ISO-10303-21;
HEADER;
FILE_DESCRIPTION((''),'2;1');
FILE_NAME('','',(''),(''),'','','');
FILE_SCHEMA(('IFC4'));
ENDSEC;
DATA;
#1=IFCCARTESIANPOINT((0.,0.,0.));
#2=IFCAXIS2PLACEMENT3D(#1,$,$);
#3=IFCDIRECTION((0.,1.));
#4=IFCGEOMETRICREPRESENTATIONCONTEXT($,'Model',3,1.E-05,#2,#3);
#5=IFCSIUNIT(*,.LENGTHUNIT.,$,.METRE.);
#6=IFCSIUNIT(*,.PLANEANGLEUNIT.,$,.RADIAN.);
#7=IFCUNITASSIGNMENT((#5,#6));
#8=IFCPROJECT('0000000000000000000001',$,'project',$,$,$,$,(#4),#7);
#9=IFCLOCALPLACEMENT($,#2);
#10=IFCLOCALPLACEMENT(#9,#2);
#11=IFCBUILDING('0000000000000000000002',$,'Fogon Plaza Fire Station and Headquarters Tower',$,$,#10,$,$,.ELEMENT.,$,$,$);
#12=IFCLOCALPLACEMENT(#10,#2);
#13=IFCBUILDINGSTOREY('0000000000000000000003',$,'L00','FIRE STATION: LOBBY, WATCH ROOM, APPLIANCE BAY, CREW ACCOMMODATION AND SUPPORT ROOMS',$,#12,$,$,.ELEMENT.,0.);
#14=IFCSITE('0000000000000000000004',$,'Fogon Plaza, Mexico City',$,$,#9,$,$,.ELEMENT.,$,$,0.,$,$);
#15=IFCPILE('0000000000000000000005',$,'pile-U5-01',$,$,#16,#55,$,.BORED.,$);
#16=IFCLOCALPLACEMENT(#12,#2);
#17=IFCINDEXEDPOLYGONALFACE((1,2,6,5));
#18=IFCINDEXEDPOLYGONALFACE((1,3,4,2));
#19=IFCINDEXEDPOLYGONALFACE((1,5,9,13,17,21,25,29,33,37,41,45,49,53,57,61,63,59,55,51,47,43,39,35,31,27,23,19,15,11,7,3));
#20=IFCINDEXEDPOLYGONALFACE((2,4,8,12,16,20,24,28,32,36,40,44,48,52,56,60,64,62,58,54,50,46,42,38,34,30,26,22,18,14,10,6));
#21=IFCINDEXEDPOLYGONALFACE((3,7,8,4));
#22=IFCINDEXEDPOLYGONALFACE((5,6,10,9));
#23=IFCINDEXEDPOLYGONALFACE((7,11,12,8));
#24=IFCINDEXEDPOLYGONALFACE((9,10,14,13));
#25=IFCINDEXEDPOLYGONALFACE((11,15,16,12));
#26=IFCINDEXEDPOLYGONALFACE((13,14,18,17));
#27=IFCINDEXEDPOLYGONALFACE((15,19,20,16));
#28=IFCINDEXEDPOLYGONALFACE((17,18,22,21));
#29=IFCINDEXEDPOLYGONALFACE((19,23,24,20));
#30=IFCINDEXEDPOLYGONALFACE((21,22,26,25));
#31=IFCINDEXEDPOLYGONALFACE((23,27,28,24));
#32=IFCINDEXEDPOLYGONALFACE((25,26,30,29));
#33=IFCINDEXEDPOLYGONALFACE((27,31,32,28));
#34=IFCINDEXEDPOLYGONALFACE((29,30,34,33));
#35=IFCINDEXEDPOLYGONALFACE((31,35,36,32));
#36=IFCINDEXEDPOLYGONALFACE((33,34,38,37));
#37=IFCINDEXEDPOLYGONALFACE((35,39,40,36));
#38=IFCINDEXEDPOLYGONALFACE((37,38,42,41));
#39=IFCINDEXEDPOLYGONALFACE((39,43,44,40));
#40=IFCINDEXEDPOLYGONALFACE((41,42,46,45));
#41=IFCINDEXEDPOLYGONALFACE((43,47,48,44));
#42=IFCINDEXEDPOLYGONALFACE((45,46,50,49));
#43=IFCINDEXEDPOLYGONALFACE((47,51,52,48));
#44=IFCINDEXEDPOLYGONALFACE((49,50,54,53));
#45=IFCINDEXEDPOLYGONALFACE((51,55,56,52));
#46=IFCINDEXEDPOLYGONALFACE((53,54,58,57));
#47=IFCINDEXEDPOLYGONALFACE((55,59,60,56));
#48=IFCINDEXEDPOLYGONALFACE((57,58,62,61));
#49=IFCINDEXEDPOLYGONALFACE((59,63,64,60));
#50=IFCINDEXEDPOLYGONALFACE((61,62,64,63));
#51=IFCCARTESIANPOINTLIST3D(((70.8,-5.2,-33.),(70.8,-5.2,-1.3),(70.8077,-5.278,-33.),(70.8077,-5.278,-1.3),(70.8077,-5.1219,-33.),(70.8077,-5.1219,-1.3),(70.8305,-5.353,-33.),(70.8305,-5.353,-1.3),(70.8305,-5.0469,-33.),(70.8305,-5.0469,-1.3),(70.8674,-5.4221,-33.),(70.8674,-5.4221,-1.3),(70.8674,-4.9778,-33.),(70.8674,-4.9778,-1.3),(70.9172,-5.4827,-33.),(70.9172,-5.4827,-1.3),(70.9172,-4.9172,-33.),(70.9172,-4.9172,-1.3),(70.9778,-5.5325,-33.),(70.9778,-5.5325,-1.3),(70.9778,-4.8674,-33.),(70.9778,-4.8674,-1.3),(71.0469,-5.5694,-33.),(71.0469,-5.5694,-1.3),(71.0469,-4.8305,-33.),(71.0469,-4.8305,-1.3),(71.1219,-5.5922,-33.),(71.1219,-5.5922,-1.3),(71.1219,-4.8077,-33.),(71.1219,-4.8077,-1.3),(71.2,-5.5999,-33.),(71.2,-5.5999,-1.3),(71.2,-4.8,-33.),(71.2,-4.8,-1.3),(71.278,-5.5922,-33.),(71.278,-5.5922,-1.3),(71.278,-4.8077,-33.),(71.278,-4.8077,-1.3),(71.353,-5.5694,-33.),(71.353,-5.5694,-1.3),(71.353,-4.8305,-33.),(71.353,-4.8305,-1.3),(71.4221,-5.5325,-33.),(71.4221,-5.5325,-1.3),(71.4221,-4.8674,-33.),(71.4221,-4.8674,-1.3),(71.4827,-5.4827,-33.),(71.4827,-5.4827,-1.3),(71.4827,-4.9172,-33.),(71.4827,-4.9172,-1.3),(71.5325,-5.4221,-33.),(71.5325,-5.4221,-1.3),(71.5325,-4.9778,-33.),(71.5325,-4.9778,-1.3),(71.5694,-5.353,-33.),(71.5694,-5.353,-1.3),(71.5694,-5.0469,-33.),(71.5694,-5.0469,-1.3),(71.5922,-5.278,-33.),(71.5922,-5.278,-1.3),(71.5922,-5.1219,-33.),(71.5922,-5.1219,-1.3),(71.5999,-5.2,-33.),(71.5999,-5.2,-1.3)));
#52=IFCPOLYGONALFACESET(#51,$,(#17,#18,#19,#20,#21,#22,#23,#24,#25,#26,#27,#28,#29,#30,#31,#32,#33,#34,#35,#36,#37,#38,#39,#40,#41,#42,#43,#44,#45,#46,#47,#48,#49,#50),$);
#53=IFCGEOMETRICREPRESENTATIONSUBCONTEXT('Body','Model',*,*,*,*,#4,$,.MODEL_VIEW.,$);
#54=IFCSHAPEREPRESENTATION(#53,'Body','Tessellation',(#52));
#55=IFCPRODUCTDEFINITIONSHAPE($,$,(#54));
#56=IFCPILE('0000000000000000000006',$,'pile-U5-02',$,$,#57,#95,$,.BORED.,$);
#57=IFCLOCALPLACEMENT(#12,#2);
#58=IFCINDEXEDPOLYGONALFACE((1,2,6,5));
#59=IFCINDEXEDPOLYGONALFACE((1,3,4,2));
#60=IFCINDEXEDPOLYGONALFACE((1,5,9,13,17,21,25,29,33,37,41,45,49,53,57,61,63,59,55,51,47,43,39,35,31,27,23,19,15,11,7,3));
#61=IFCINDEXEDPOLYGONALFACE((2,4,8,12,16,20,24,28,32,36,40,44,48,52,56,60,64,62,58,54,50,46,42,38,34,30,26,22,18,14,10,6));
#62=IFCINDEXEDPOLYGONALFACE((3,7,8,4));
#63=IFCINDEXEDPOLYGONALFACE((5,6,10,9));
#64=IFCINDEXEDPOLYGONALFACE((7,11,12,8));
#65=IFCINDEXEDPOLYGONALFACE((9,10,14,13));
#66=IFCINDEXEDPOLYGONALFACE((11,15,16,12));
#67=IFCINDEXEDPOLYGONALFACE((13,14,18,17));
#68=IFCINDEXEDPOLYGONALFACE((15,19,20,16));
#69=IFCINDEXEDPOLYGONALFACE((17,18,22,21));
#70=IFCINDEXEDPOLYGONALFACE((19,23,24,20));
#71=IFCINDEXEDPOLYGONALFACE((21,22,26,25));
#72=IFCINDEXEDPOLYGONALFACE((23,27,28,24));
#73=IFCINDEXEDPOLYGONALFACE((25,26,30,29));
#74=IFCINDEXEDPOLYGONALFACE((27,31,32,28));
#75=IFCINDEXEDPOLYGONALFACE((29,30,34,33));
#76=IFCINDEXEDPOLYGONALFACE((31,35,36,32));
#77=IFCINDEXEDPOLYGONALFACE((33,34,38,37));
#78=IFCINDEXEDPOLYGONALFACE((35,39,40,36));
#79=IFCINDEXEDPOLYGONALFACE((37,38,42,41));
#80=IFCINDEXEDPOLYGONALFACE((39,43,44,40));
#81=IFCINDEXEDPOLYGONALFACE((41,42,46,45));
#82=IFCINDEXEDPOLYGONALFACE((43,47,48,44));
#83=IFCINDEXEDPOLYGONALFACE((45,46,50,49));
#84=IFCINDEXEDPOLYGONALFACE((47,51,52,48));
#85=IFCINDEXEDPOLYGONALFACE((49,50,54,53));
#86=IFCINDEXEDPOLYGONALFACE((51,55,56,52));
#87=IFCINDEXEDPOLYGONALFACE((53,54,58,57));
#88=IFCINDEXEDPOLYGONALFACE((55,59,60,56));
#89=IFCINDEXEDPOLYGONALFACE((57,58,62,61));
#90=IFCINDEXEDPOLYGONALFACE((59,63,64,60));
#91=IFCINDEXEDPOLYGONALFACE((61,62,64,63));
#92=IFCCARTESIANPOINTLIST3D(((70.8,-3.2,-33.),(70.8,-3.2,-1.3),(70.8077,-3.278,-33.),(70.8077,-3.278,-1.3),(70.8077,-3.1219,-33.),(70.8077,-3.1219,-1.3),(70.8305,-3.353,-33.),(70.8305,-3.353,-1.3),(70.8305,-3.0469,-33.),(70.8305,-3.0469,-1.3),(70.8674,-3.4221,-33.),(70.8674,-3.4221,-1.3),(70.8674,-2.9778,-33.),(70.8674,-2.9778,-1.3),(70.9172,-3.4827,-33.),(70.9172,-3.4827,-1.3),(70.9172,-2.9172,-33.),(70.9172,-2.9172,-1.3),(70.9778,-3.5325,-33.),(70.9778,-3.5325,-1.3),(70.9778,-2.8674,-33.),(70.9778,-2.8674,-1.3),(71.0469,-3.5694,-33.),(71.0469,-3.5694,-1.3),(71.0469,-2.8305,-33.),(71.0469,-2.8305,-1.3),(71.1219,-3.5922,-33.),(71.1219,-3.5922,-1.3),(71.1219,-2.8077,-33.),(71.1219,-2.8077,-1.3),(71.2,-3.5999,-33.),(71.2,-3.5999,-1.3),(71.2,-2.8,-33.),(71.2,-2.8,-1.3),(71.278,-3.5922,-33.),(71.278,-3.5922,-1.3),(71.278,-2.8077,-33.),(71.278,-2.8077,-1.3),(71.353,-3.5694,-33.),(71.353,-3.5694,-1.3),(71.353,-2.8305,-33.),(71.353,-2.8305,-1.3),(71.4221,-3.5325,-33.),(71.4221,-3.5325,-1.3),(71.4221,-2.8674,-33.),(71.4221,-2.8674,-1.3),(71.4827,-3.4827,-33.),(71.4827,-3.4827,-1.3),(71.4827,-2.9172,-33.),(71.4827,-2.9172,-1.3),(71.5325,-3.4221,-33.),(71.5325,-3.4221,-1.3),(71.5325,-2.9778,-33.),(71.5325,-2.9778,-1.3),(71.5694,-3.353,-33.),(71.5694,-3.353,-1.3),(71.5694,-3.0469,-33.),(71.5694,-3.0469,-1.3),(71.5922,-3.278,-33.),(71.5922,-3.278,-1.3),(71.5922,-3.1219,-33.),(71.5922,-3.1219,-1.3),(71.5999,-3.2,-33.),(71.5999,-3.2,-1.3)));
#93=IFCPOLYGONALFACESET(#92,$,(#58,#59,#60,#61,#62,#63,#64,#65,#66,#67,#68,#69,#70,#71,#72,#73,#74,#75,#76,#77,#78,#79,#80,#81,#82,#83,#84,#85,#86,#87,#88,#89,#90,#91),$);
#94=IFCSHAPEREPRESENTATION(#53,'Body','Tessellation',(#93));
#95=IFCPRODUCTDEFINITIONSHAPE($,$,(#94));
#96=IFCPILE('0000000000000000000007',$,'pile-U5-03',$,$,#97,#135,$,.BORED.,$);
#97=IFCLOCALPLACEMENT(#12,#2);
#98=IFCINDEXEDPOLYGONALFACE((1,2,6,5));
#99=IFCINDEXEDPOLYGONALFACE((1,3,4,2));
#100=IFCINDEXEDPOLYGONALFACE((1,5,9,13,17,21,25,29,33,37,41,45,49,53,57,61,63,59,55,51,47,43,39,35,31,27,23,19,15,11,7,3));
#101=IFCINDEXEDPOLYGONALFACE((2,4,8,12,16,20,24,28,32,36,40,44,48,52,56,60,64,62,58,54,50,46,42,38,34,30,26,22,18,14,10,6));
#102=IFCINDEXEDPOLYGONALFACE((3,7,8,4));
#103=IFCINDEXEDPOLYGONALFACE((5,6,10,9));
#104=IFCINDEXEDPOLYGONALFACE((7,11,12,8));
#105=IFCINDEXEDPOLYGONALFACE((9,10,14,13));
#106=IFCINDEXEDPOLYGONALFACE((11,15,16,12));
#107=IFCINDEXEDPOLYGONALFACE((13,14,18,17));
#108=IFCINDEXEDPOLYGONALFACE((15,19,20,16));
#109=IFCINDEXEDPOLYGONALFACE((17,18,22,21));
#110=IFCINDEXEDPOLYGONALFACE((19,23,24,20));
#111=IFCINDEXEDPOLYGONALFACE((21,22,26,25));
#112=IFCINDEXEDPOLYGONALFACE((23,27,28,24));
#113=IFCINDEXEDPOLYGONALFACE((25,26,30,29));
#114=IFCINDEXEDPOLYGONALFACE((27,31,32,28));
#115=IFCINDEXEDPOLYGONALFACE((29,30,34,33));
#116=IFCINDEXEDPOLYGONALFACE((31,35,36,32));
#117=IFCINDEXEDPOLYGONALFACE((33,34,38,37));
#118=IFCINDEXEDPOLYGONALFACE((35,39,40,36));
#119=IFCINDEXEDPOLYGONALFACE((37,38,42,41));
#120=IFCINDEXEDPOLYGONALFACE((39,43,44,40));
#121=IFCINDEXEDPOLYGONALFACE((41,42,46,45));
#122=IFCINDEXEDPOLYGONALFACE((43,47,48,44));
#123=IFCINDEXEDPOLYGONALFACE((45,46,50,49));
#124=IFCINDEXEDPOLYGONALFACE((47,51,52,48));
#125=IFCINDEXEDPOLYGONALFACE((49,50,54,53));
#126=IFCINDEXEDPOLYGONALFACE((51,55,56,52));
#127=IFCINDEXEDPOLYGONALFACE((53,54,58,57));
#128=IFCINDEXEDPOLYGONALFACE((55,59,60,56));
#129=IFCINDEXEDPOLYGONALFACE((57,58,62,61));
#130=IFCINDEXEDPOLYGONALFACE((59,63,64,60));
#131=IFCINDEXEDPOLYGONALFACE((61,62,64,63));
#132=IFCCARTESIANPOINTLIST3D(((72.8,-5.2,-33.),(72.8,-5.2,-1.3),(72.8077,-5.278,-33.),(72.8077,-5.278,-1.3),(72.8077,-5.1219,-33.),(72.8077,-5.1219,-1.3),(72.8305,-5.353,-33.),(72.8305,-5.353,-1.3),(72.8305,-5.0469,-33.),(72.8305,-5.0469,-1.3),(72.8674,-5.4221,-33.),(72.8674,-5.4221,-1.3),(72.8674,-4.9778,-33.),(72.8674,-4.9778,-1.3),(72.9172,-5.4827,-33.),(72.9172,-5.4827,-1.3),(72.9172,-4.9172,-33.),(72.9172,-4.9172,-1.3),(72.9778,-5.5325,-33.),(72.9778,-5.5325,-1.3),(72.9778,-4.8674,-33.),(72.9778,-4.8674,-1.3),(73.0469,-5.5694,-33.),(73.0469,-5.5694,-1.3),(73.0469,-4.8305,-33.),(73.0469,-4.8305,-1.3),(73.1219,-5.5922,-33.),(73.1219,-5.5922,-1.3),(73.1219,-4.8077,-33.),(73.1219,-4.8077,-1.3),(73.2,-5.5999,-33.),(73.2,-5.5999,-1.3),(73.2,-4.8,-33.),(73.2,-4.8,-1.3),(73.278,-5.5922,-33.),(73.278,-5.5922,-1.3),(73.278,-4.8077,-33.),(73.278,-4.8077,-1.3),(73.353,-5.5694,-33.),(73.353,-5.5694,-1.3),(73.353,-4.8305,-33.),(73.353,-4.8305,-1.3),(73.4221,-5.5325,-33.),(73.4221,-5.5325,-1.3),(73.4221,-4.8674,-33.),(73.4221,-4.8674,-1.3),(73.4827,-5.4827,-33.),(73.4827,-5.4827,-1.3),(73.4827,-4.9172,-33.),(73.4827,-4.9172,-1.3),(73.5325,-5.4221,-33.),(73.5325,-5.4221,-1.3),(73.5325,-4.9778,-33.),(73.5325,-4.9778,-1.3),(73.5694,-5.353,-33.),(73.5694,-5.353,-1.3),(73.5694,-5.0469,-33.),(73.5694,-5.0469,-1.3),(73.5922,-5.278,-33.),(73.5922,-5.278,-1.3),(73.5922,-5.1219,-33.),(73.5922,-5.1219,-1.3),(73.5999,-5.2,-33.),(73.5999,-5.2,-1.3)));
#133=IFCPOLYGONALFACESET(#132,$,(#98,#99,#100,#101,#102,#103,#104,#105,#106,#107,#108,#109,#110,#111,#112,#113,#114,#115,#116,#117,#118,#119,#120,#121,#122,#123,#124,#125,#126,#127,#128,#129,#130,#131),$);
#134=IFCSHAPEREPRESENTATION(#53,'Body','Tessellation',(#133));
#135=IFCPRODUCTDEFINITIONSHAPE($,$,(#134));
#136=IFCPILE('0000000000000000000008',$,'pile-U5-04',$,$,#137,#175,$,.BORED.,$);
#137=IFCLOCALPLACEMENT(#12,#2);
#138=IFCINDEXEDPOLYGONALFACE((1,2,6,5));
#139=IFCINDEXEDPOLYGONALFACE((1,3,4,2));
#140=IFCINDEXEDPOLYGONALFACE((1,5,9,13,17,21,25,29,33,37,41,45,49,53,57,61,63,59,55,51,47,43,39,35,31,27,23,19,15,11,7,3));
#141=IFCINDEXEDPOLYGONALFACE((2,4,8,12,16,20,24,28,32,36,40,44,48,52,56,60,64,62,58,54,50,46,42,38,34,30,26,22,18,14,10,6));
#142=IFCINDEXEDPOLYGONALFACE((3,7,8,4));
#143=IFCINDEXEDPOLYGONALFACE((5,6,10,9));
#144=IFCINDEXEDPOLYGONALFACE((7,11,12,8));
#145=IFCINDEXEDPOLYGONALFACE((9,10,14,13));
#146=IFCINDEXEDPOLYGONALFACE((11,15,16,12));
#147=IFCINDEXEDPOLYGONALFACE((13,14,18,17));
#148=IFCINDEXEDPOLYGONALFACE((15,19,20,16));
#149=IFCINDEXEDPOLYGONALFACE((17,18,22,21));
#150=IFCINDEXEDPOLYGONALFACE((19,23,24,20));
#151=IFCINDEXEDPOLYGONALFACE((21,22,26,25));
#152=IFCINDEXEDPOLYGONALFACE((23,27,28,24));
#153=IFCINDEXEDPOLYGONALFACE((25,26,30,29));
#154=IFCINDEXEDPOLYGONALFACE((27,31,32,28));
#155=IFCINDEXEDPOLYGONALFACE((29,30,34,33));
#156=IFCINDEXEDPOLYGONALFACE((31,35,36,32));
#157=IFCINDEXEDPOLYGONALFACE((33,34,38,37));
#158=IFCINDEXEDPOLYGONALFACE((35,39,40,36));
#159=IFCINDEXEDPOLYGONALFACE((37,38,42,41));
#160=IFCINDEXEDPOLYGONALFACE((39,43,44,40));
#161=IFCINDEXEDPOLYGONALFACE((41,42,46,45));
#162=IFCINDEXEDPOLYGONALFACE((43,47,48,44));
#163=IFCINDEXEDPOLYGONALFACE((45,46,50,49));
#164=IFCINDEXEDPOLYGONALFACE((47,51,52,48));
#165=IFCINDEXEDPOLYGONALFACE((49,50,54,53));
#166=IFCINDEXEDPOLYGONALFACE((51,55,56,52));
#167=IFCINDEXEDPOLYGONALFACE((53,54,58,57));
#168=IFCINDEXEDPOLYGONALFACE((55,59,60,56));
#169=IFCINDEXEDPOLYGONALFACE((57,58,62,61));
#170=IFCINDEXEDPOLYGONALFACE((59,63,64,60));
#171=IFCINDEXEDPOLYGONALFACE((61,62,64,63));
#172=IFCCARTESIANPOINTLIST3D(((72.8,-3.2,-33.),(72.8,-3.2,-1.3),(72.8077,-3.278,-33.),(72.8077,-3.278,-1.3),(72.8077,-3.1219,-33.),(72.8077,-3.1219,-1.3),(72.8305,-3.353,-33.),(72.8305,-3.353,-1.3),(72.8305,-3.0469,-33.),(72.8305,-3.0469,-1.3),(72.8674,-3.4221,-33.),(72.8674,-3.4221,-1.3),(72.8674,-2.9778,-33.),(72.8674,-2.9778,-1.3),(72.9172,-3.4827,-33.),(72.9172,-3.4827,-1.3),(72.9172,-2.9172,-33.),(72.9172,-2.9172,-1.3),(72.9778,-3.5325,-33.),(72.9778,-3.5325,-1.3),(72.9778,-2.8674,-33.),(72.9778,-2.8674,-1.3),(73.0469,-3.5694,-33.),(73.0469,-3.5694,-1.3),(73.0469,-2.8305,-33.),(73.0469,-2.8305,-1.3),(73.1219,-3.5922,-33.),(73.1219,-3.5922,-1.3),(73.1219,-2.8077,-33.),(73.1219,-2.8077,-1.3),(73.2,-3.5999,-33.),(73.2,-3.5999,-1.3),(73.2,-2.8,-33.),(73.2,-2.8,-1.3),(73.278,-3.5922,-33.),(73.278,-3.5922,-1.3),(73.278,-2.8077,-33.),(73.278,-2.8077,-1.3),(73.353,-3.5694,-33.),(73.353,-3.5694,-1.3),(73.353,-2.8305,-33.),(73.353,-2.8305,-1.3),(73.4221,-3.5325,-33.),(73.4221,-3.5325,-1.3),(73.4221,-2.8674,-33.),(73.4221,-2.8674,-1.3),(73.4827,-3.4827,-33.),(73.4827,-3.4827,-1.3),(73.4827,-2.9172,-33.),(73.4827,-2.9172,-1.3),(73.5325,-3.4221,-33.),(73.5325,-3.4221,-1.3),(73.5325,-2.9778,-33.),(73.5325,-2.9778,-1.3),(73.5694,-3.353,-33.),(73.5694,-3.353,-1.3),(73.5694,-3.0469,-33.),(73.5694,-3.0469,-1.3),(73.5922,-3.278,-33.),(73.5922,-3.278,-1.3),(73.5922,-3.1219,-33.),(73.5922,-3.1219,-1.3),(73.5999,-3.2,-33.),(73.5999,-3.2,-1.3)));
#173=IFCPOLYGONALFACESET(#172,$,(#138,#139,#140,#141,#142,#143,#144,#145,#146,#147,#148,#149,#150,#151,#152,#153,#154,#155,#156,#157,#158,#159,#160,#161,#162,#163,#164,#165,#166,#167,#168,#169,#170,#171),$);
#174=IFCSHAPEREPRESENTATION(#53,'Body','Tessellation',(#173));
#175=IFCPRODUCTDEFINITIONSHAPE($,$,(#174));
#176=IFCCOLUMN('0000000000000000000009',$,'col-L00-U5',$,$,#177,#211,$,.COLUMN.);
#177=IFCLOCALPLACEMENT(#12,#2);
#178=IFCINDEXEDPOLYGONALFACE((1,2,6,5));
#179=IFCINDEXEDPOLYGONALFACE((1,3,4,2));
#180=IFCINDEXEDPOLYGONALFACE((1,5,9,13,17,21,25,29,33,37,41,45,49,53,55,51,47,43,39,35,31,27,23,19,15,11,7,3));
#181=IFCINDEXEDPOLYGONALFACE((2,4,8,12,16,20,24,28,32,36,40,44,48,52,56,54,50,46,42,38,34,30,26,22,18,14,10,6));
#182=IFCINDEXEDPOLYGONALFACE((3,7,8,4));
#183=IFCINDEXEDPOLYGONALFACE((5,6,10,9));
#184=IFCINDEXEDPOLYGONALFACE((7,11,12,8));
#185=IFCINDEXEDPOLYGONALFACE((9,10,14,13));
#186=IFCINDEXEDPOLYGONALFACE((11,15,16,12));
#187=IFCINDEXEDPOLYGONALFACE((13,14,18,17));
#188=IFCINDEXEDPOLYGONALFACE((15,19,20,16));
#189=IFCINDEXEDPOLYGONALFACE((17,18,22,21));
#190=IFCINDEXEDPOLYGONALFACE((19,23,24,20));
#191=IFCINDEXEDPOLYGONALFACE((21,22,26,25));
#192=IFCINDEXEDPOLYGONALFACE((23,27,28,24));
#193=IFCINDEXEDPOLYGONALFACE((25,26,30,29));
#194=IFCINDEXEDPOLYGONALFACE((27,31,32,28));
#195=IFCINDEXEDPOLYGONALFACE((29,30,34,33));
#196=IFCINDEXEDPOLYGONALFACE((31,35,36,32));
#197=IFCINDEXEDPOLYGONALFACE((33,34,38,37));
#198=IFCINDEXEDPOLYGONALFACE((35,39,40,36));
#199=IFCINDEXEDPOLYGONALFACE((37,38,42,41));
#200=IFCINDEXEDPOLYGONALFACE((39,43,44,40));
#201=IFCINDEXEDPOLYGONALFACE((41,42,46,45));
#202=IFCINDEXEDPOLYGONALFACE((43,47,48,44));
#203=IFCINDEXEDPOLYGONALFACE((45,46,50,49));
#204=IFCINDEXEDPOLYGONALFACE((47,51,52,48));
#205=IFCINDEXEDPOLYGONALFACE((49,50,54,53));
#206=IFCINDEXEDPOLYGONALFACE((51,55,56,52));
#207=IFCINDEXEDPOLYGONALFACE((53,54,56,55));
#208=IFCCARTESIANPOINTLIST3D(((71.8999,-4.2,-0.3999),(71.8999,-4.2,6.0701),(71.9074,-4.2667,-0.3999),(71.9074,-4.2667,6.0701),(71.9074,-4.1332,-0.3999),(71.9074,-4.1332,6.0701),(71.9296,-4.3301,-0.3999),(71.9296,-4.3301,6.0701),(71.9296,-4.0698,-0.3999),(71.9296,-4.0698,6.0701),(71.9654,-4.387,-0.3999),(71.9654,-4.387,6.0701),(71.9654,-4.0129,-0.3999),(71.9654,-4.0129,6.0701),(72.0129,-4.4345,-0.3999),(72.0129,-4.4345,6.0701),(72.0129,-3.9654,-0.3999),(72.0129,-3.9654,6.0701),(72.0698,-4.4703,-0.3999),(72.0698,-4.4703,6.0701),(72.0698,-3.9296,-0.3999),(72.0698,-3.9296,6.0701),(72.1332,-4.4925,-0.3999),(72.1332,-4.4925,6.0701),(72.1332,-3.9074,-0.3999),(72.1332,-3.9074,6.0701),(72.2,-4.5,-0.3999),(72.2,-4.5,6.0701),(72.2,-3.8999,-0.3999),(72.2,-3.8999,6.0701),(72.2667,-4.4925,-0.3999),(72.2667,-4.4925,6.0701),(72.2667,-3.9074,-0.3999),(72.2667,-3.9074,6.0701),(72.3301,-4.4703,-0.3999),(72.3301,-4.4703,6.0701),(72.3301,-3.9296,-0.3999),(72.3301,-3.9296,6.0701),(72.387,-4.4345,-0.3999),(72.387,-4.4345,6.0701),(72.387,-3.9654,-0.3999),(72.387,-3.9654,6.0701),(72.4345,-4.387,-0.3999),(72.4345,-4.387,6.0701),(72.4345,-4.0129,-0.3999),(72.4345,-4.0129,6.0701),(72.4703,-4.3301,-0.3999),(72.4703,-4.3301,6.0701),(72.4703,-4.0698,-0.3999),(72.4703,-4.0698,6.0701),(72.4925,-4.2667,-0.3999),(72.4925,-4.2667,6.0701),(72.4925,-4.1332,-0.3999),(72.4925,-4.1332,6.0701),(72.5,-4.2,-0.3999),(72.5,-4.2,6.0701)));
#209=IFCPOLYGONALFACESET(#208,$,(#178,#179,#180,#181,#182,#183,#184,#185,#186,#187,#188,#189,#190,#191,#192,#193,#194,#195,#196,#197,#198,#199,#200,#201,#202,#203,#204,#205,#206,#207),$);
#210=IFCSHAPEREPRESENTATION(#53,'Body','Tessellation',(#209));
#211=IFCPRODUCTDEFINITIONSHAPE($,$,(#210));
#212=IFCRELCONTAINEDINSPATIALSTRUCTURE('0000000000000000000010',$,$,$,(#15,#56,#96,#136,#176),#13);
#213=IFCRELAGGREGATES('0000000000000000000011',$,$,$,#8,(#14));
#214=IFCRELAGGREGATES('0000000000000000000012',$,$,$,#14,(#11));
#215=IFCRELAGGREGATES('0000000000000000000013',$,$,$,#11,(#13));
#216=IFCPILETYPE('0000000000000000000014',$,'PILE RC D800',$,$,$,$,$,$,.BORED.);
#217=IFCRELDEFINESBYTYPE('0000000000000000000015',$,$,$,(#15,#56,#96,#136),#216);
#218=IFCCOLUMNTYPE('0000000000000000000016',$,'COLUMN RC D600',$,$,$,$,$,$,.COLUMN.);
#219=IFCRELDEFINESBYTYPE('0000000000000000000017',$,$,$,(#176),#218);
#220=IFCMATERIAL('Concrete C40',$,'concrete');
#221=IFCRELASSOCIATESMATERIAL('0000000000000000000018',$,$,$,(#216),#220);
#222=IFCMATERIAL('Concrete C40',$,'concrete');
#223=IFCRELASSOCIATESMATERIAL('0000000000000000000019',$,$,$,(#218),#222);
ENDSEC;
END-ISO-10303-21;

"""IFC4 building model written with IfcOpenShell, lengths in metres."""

from ifc_helpers import new_model, si_unit, direction, frame, origin, origin_2d, place, context, subcontext, project, spatial, circle, extrude, material, material_profile, profile_set, type_object, element, save


model = new_model("IFC4")

# Units and contexts
model_context = context("Model", 3, precision=1e-05, world=origin(), true_north=direction((0.0, 1.0)))
body_context = subcontext(model_context, "Body", "Model", "MODEL_VIEW")
ifc_project = project(units=[si_unit("LENGTHUNIT", "METRE"), si_unit("PLANEANGLEUNIT", "RADIAN")], contexts=[model_context])

# Site, building, storey
site_placement = place(None, origin())
site = spatial("IfcSite", under=ifc_project, at=site_placement, Name="Fogon Plaza, Mexico City", CompositionType="ELEMENT", RefElevation=0.0)
building_placement = place(site_placement, origin())
building = spatial("IfcBuilding", under=site, at=building_placement, Name="Fogon Plaza Fire Station and Headquarters Tower", CompositionType="ELEMENT")
storey_placement = place(building_placement, origin())
storey = spatial("IfcBuildingStorey", under=building, at=storey_placement, Name="L00", Description="FIRE STATION: LOBBY, WATCH ROOM, APPLIANCE BAY, CREW ACCOMMODATION AND SUPPORT ROOMS", CompositionType="ELEMENT", Elevation=0.0)

# Piles
ifc_material_1 = material(Name="Concrete C40", Category="concrete")
ifc_material_profile_1 = material_profile(ifc_material_1, circle(Radius=0.3999, at=origin_2d()), Name="RC D800")
ifc_profile_set_1 = profile_set([ifc_material_profile_1], Name="Concrete C40")
pile_type = type_object("IfcPileType", Name="PILE RC D800", PredefinedType="BORED", material=ifc_profile_set_1)
for number, where, z_axis, x_axis, name in (
    (1, (71.2, -5.2, -1.3), (0.0, 0.0, -1.0), (1.0, 0.0, 0.0), "pile-U5-01"),
    (2, (71.2, -3.2, -1.3), (0.0, 0.0, -1.0), (1.0, 0.0, 0.0), "pile-U5-02"),
    (3, (73.2, -5.2, -1.3), (0.0, 0.0, -1.0), (1.0, 0.0, 0.0), "pile-U5-03"),
    (4, (73.2, -3.2, -1.3), (0.0, 0.0, -1.0), (1.0, 0.0, 0.0), "pile-U5-04"),
):
    element("IfcPile", number, at=place(storey_placement, frame(where, z_axis=z_axis, x_axis=x_axis)), inside=storey, type_object=pile_type, Name=name, PredefinedType="BORED", context=body_context, shape_type="SweptSolid", body=[
        extrude(circle(Radius=0.3999, at=origin_2d()), origin(), (0.0, 0.0, 1.0), 31.7),
    ])

# Column
ifc_material_2 = material(Name="Concrete C40", Category="concrete")
ifc_material_profile_2 = material_profile(ifc_material_2, circle(Radius=0.3, at=origin_2d()), Name="RC D600")
ifc_profile_set_2 = profile_set([ifc_material_profile_2], Name="Concrete C40")
column_type = type_object("IfcColumnType", Name="COLUMN RC D600", PredefinedType="COLUMN", material=ifc_profile_set_2)
column_placement = place(storey_placement, frame((72.2, -4.2, -0.3999), z_axis=(0.0, 0.0, 1.0), x_axis=(1.0, 0.0, 0.0)))
element("IfcColumn", 5, at=column_placement, inside=storey, type_object=column_type, Name="col-L00-U5", PredefinedType="COLUMN", context=body_context, shape_type="SweptSolid", body=[
    extrude(circle(Radius=0.3, at=origin_2d()), origin(), (0.0, 0.0, 1.0), 6.47),
])

save(model, "model.ifc")
